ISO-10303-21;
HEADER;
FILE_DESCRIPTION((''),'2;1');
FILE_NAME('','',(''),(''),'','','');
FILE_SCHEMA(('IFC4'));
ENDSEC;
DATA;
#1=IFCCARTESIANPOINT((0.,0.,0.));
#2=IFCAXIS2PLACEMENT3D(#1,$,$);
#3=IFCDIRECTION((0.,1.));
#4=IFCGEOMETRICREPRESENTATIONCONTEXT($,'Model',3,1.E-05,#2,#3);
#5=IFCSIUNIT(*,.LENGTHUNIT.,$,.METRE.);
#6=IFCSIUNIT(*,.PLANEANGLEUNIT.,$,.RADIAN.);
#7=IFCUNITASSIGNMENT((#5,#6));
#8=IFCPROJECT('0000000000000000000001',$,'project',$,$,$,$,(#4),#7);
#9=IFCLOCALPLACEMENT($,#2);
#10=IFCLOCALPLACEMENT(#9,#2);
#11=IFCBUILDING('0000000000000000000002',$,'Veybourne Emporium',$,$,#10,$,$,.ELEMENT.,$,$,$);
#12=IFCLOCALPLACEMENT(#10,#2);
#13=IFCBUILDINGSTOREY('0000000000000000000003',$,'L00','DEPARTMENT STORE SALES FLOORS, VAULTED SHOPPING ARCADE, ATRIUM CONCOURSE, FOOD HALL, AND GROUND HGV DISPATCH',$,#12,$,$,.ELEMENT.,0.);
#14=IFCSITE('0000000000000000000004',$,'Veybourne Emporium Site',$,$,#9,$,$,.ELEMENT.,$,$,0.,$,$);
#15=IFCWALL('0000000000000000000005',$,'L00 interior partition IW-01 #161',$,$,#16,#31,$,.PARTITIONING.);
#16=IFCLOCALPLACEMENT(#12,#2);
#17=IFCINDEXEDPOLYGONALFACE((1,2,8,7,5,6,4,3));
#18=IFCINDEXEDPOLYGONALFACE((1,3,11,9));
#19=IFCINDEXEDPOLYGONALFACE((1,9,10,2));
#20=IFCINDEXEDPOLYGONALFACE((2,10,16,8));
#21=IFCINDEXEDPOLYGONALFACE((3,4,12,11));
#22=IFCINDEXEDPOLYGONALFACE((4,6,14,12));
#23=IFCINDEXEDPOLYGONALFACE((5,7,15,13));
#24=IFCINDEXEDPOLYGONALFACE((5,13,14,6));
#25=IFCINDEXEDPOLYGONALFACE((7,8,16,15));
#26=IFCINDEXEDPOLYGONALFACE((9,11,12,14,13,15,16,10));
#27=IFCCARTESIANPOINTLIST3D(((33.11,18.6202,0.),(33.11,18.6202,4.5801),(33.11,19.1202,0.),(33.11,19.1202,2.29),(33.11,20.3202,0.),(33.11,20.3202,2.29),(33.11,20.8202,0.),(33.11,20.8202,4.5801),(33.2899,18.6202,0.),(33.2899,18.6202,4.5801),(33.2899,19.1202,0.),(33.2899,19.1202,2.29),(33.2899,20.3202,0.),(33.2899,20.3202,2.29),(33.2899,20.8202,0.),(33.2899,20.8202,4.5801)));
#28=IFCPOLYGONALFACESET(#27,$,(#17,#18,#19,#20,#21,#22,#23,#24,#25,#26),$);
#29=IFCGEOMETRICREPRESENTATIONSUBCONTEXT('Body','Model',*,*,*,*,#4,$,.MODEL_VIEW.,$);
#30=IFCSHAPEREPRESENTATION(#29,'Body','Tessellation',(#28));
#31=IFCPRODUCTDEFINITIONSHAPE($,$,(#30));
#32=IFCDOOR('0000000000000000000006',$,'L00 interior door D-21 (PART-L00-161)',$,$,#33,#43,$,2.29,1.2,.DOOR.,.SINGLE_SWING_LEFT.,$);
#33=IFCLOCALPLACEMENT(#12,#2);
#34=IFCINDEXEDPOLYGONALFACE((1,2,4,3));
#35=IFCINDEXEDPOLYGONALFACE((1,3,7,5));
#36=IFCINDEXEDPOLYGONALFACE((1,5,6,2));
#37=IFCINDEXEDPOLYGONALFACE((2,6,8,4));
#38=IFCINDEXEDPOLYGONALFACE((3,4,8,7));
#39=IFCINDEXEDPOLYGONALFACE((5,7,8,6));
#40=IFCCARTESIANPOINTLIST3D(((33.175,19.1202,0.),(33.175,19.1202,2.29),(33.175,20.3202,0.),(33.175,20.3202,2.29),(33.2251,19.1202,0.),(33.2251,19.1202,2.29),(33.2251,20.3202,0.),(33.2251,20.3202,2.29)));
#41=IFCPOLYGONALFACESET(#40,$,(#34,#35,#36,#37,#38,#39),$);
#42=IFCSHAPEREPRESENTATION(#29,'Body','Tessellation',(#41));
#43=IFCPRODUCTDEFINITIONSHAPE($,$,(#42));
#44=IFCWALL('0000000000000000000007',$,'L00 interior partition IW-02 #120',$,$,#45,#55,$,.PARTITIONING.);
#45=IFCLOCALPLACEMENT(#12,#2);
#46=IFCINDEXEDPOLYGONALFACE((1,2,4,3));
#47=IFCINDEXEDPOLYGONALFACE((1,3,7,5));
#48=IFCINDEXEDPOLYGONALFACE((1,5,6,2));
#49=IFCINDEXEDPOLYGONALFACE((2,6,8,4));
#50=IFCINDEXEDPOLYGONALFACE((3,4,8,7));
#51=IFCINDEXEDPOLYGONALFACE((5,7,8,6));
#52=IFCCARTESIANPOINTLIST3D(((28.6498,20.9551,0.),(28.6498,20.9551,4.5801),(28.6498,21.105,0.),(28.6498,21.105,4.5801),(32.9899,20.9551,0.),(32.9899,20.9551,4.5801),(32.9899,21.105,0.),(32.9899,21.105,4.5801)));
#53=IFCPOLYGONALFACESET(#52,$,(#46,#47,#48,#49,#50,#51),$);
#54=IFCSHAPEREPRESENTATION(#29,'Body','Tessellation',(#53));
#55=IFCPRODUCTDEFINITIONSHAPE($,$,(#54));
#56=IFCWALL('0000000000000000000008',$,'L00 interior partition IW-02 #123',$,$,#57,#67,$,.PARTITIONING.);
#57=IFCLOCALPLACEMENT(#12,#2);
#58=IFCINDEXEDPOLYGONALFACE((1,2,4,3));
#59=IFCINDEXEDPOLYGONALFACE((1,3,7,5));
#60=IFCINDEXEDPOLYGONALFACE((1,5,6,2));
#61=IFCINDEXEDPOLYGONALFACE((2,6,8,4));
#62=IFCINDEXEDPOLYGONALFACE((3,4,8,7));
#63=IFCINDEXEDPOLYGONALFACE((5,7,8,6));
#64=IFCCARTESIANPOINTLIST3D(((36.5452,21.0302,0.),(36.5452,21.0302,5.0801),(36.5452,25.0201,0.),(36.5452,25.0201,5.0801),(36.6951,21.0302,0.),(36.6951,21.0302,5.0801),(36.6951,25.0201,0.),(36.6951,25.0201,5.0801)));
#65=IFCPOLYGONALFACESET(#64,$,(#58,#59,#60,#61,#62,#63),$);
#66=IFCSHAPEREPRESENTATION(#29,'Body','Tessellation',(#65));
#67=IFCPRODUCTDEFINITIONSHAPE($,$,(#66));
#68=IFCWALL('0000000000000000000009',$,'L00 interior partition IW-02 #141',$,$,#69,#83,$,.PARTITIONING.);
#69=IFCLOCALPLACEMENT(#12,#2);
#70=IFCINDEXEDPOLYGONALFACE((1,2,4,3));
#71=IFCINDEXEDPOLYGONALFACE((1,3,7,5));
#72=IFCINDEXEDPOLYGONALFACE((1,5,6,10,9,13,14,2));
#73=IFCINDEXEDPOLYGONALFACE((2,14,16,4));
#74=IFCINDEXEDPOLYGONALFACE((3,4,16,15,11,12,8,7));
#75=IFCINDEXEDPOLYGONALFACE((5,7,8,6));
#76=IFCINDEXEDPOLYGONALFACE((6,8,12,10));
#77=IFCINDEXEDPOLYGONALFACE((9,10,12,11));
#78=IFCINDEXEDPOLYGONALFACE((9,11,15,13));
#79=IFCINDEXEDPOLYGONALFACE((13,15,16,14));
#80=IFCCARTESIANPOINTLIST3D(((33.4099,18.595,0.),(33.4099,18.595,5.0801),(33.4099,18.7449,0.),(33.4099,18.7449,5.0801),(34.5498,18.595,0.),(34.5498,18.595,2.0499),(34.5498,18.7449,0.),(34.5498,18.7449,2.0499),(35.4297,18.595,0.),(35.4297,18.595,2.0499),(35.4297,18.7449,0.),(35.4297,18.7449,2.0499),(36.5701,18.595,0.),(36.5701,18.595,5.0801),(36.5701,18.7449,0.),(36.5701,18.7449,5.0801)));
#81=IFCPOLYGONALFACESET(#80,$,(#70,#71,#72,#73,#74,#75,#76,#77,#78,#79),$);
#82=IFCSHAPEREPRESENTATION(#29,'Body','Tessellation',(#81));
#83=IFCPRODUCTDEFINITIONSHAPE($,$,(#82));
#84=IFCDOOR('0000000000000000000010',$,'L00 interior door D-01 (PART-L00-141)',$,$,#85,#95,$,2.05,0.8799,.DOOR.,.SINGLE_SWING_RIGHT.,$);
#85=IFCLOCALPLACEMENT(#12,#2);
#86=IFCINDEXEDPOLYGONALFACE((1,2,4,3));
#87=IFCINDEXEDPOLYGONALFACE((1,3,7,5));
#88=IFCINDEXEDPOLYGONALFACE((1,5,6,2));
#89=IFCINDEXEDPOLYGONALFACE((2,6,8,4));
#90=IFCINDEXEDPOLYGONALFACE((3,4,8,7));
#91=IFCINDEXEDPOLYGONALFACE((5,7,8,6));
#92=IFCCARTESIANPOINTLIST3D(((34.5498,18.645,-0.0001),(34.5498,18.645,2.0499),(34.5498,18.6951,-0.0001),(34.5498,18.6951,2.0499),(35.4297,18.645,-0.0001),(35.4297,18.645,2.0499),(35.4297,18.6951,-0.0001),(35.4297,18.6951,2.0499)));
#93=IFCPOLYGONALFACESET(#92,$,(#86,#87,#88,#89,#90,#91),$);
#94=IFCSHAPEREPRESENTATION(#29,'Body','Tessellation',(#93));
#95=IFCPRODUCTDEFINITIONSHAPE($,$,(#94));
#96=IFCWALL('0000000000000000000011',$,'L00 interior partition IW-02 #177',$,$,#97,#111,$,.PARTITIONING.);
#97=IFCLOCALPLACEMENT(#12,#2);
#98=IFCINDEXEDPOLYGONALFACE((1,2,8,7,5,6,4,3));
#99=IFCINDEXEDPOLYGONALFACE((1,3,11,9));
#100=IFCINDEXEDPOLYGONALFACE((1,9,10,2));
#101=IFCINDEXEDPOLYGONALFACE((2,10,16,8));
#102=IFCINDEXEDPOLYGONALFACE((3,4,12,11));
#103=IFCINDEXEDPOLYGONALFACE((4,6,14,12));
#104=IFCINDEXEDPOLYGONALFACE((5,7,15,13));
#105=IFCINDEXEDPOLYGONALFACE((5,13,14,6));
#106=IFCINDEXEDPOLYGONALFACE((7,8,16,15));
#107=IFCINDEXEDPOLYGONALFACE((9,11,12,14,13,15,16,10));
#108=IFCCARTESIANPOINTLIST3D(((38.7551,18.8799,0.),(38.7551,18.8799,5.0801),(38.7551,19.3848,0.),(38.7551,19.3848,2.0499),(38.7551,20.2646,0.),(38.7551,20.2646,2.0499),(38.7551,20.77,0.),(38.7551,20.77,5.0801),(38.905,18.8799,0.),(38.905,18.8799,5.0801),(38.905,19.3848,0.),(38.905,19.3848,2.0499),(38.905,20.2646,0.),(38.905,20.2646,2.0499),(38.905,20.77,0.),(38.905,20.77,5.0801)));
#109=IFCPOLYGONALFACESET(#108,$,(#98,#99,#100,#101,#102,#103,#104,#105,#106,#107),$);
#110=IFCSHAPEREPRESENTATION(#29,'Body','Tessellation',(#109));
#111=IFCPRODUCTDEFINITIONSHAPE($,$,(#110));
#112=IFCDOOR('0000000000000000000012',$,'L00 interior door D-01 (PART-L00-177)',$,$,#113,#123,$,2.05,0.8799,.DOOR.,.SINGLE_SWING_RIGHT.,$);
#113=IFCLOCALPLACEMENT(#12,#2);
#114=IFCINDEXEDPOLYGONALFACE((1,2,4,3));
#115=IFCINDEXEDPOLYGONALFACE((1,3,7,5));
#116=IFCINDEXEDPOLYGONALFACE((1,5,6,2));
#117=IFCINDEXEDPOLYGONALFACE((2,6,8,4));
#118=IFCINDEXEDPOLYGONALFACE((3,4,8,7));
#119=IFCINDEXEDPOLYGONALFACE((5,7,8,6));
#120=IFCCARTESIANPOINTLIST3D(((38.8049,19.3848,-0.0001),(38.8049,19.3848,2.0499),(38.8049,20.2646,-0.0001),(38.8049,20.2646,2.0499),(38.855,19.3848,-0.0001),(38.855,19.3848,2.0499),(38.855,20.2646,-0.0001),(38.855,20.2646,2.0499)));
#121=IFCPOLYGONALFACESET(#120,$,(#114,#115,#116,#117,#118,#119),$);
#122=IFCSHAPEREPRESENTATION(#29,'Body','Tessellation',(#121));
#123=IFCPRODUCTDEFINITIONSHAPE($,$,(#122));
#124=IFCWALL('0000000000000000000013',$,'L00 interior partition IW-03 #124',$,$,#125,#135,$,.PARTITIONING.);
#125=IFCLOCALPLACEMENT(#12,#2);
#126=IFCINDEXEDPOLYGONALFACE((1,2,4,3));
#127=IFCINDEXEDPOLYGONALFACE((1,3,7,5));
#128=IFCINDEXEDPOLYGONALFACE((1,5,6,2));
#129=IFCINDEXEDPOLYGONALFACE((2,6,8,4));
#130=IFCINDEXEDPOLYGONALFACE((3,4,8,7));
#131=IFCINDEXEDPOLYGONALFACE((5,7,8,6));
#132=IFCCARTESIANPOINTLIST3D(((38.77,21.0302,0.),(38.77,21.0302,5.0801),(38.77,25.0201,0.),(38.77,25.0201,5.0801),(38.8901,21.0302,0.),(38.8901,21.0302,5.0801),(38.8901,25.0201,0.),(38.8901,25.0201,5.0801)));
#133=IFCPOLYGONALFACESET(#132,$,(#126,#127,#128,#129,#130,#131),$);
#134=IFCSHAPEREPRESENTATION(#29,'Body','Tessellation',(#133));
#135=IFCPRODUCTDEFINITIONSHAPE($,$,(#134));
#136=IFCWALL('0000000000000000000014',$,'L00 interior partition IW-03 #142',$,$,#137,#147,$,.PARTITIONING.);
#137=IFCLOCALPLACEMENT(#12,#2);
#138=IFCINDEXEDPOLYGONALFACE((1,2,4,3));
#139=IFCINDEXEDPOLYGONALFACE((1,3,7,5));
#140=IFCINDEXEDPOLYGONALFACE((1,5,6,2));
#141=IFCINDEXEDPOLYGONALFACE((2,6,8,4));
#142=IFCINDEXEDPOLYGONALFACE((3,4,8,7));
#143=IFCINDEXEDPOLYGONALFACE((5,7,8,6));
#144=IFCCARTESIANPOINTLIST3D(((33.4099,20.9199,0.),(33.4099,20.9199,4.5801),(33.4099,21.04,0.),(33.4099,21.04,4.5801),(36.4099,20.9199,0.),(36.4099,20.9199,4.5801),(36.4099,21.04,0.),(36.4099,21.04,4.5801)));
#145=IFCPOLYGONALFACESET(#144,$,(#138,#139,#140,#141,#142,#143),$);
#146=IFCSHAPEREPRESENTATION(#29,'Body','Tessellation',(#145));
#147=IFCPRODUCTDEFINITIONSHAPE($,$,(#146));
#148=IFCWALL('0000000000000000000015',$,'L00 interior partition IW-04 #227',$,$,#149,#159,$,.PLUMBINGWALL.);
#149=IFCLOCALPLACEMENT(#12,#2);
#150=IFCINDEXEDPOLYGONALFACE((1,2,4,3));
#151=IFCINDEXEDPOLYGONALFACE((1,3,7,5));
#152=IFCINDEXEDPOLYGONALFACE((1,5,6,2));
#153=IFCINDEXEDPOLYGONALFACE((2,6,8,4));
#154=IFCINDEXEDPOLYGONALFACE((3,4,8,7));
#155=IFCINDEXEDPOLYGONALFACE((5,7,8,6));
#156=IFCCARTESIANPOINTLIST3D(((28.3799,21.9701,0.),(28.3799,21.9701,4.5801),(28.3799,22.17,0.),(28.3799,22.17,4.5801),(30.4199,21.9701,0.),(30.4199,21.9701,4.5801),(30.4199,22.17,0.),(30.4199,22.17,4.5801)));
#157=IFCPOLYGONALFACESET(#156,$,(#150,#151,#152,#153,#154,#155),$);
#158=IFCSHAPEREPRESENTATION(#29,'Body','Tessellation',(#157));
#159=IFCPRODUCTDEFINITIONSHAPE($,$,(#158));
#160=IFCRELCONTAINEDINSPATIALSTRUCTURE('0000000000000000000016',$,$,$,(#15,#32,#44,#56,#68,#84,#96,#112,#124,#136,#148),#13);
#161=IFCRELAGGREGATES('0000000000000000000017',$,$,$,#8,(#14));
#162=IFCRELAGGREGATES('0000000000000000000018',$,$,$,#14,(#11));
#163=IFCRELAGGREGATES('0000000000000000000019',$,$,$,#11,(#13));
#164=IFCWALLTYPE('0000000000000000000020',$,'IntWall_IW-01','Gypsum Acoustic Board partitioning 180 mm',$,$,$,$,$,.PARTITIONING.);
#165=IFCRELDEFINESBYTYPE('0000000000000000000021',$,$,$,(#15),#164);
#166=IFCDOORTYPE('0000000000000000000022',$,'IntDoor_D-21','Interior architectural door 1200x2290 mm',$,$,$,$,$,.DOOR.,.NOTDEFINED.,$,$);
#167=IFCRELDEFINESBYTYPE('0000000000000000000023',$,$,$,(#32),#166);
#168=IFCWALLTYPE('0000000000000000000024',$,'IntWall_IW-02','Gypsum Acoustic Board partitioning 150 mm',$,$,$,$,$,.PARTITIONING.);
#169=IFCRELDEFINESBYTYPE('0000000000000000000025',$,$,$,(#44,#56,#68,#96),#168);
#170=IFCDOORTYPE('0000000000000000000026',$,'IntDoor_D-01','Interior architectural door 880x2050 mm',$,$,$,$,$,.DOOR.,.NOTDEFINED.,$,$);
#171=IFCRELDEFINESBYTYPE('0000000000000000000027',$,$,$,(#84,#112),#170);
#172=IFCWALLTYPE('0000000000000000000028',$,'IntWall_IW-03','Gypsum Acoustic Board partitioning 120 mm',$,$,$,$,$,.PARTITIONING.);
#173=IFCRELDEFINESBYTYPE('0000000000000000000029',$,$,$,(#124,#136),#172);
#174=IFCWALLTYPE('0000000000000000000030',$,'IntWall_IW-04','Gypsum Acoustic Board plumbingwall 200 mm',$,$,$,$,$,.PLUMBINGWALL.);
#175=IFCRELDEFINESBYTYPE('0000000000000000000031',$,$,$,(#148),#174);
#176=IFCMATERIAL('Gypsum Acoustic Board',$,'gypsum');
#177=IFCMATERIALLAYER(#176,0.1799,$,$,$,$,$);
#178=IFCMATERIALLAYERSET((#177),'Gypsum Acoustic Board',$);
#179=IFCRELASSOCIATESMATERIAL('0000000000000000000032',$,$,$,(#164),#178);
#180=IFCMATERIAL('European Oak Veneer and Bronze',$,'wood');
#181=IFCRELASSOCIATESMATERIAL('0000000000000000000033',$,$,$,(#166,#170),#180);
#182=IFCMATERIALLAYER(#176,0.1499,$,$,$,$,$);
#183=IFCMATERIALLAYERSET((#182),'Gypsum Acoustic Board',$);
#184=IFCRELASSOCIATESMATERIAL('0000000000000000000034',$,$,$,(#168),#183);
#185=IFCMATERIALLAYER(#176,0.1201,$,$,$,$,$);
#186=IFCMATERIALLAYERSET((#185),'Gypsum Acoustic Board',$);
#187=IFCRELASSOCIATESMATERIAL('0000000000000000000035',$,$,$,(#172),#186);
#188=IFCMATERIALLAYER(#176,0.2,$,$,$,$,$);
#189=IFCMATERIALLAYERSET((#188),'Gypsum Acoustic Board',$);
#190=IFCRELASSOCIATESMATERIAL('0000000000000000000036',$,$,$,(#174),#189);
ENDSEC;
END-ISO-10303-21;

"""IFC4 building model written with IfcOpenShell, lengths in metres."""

from ifc_helpers import new_model, si_unit, direction, frame, frame_2d, origin, place, context, subcontext, project, spatial, rectangle, extrude, material, layer, layer_set, type_object, element, fill, save


model = new_model("IFC4")

# Units and contexts
model_context = context("Model", 3, precision=1e-05, world=origin(), true_north=direction((0.0, 1.0)))
body_context = subcontext(model_context, "Body", "Model", "MODEL_VIEW")
ifc_project = project(units=[si_unit("LENGTHUNIT", "METRE"), si_unit("PLANEANGLEUNIT", "RADIAN")], contexts=[model_context])

# Site, building, storey
site_placement = place(None, origin())
site = spatial("IfcSite", under=ifc_project, at=site_placement, Name="Veybourne Emporium Site", CompositionType="ELEMENT", RefElevation=0.0)
building_placement = place(site_placement, origin())
building = spatial("IfcBuilding", under=site, at=building_placement, Name="Veybourne Emporium", CompositionType="ELEMENT")
storey_placement = place(building_placement, origin())
storey = spatial("IfcBuildingStorey", under=building, at=storey_placement, Name="L00", Description="DEPARTMENT STORE SALES FLOORS, VAULTED SHOPPING ARCADE, ATRIUM CONCOURSE, FOOD HALL, AND GROUND HGV DISPATCH", CompositionType="ELEMENT", Elevation=0.0)

# Wall, opening, door
ifc_material_1 = material(Name="Gypsum Acoustic Board", Category="gypsum")
ifc_layer_1 = layer(ifc_material_1, 0.1799)
ifc_layer_set_1 = layer_set([ifc_layer_1], Name="Gypsum Acoustic Board")
wall_type_1 = type_object("IfcWallType", Name="IntWall_IW-01", Description="Gypsum Acoustic Board partitioning 180 mm", PredefinedType="PARTITIONING", material=ifc_layer_set_1)
wall_1_placement = place(storey_placement, frame((33.2, 18.6201, 0.0), z_axis=(0.0, 0.0, 1.0), x_axis=(0.0, 1.0, 0.0)))
wall_1 = element("IfcWall", 1, at=wall_1_placement, inside=storey, type_object=wall_type_1, Name="L00 interior partition IW-01 #161", PredefinedType="PARTITIONING", context=body_context, shape_type="SweptSolid", body=[
    extrude(rectangle(XDim=2.2, YDim=0.1799, at=frame_2d((1.1001, 0.0))), origin(), (0.0, 0.0, 1.0), 4.5801),
])
opening_1_placement = place(wall_1_placement, frame((0.5, 0.0, 0.0)))
opening_1 = element("IfcOpeningElement", 2, at=opening_1_placement, cuts=wall_1, PredefinedType="OPENING", context=body_context, shape_type="SweptSolid", body=[
    extrude(rectangle(XDim=1.2, YDim=2.29, at=frame_2d((0.6001, 1.145))), frame((0.0, 0.1099, 0.0), z_axis=(0.0, -1.0, 0.0), x_axis=(1.0, 0.0, 0.0)), (0.0, 0.0, 1.0), 0.22),
])
ifc_material_2 = material(Name="European Oak Veneer and Bronze", Category="wood")
door_type_1 = type_object("IfcDoorType", Name="IntDoor_D-21", Description="Interior architectural door 1200x2290 mm", OperationType="NOTDEFINED", PredefinedType="DOOR", material=ifc_material_2)
door_1_placement = place(opening_1_placement, origin())
door_1 = element("IfcDoor", 3, at=door_1_placement, inside=storey, type_object=door_type_1, Name="L00 interior door D-21 (PART-L00-161)", OperationType="SINGLE_SWING_LEFT", OverallHeight=2.29, OverallWidth=1.2, PredefinedType="DOOR", context=body_context, shape_type="SweptSolid", body=[
    extrude(rectangle(XDim=1.2, YDim=2.29, at=frame_2d((0.6001, 1.145))), frame((0.0, 0.0249, 0.0), z_axis=(0.0, -1.0, 0.0), x_axis=(1.0, 0.0, 0.0)), (0.0, 0.0, 1.0), 0.05),
])
fill(opening_1, door_1)

# Walls
ifc_layer_2 = layer(ifc_material_1, 0.1499)
ifc_layer_set_2 = layer_set([ifc_layer_2], Name="Gypsum Acoustic Board")
wall_type_2 = type_object("IfcWallType", Name="IntWall_IW-02", Description="Gypsum Acoustic Board partitioning 150 mm", PredefinedType="PARTITIONING", material=ifc_layer_set_2)
wall_2_placement = place(storey_placement, frame((28.6499, 21.03, 0.0), z_axis=(0.0, 0.0, 1.0), x_axis=(1.0, 0.0, 0.0)))
element("IfcWall", 4, at=wall_2_placement, inside=storey, type_object=wall_type_2, Name="L00 interior partition IW-02 #120", PredefinedType="PARTITIONING", context=body_context, shape_type="SweptSolid", body=[
    extrude(rectangle(XDim=4.3401, YDim=0.1499, at=frame_2d((2.1699, 0.0))), origin(), (0.0, 0.0, 1.0), 4.5801),
])
wall_3_placement = place(storey_placement, frame((36.6201, 21.03, 0.0), z_axis=(0.0, 0.0, 1.0), x_axis=(0.0, 1.0, 0.0)))
element("IfcWall", 5, at=wall_3_placement, inside=storey, type_object=wall_type_2, Name="L00 interior partition IW-02 #123", PredefinedType="PARTITIONING", context=body_context, shape_type="SweptSolid", body=[
    extrude(rectangle(XDim=3.99, YDim=0.1499, at=frame_2d((1.9951, 0.0))), origin(), (0.0, 0.0, 1.0), 5.0801),
])

# Walls, openings, doors
wall_4_placement = place(storey_placement, frame((33.4099, 18.6699, 0.0), z_axis=(0.0, 0.0, 1.0), x_axis=(1.0, 0.0, 0.0)))
wall_4 = element("IfcWall", 6, at=wall_4_placement, inside=storey, type_object=wall_type_2, Name="L00 interior partition IW-02 #141", PredefinedType="PARTITIONING", context=body_context, shape_type="SweptSolid", body=[
    extrude(rectangle(XDim=3.1602, YDim=0.1499, at=frame_2d((1.5801, 0.0))), origin(), (0.0, 0.0, 1.0), 5.0801),
])
opening_2_placement = place(wall_4_placement, frame((1.1399, 0.0, 0.0)))
opening_2 = element("IfcOpeningElement", 7, at=opening_2_placement, cuts=wall_4, PredefinedType="OPENING", context=body_context, shape_type="SweptSolid", body=[
    extrude(rectangle(XDim=0.8799, YDim=2.05, at=frame_2d((0.4399, 1.0249))), frame((0.0, 0.095, 0.0), z_axis=(0.0, -1.0, 0.0), x_axis=(1.0, 0.0, 0.0)), (0.0, 0.0, 1.0), 0.1899),
])
door_type_2 = type_object("IfcDoorType", Name="IntDoor_D-01", Description="Interior architectural door 880x2050 mm", OperationType="NOTDEFINED", PredefinedType="DOOR", material=ifc_material_2)
door_2_placement = place(opening_2_placement, frame((0.8799, 0.0, 0.0), z_axis=(0.0, 0.0, 1.0), x_axis=(-1.0, 0.0, 0.0)))
door_2 = element("IfcDoor", 8, at=door_2_placement, inside=storey, type_object=door_type_2, Name="L00 interior door D-01 (PART-L00-141)", OperationType="SINGLE_SWING_RIGHT", OverallHeight=2.05, OverallWidth=0.8799, PredefinedType="DOOR", context=body_context, shape_type="SweptSolid", body=[
    extrude(rectangle(XDim=0.8799, YDim=2.05, at=frame_2d((0.4399, 1.0249))), frame((0.0, 0.0249, 0.0), z_axis=(0.0, -1.0, 0.0), x_axis=(1.0, 0.0, 0.0)), (0.0, 0.0, 1.0), 0.05),
])
fill(opening_2, door_2)
wall_5_placement = place(storey_placement, frame((38.8301, 18.8799, 0.0), z_axis=(0.0, 0.0, 1.0), x_axis=(0.0, 1.0, 0.0)))
wall_5 = element("IfcWall", 9, at=wall_5_placement, inside=storey, type_object=wall_type_2, Name="L00 interior partition IW-02 #177", PredefinedType="PARTITIONING", context=body_context, shape_type="SweptSolid", body=[
    extrude(rectangle(XDim=1.8901, YDim=0.1499, at=frame_2d((0.9451, 0.0))), origin(), (0.0, 0.0, 1.0), 5.0801),
])
opening_3_placement = place(wall_5_placement, frame((0.5049, 0.0, 0.0)))
opening_3 = element("IfcOpeningElement", 10, at=opening_3_placement, cuts=wall_5, PredefinedType="OPENING", context=body_context, shape_type="SweptSolid", body=[
    extrude(rectangle(XDim=0.8799, YDim=2.05, at=frame_2d((0.4399, 1.0249))), frame((0.0, 0.095, 0.0), z_axis=(0.0, -1.0, 0.0), x_axis=(1.0, 0.0, 0.0)), (0.0, 0.0, 1.0), 0.1899),
])
door_3_placement = place(opening_3_placement, frame((0.8799, 0.0, 0.0), z_axis=(0.0, 0.0, 1.0), x_axis=(-1.0, 0.0, 0.0)))
door_3 = element("IfcDoor", 11, at=door_3_placement, inside=storey, type_object=door_type_2, Name="L00 interior door D-01 (PART-L00-177)", OperationType="SINGLE_SWING_RIGHT", OverallHeight=2.05, OverallWidth=0.8799, PredefinedType="DOOR", context=body_context, shape_type="SweptSolid", body=[
    extrude(rectangle(XDim=0.8799, YDim=2.05, at=frame_2d((0.4399, 1.0249))), frame((0.0, 0.0249, 0.0), z_axis=(0.0, -1.0, 0.0), x_axis=(1.0, 0.0, 0.0)), (0.0, 0.0, 1.0), 0.05),
])
fill(opening_3, door_3)

# Walls
ifc_layer_3 = layer(ifc_material_1, 0.1201)
ifc_layer_set_3 = layer_set([ifc_layer_3], Name="Gypsum Acoustic Board")
wall_type_3 = type_object("IfcWallType", Name="IntWall_IW-03", Description="Gypsum Acoustic Board partitioning 120 mm", PredefinedType="PARTITIONING", material=ifc_layer_set_3)
wall_6_placement = place(storey_placement, frame((38.8301, 21.03, 0.0), z_axis=(0.0, 0.0, 1.0), x_axis=(0.0, 1.0, 0.0)))
element("IfcWall", 12, at=wall_6_placement, inside=storey, type_object=wall_type_3, Name="L00 interior partition IW-03 #124", PredefinedType="PARTITIONING", context=body_context, shape_type="SweptSolid", body=[
    extrude(rectangle(XDim=3.99, YDim=0.1201, at=frame_2d((1.9951, 0.0))), origin(), (0.0, 0.0, 1.0), 5.0801),
])
wall_7_placement = place(storey_placement, frame((33.4099, 20.98, 0.0), z_axis=(0.0, 0.0, 1.0), x_axis=(1.0, 0.0, 0.0)))
element("IfcWall", 13, at=wall_7_placement, inside=storey, type_object=wall_type_3, Name="L00 interior partition IW-03 #142", PredefinedType="PARTITIONING", context=body_context, shape_type="SweptSolid", body=[
    extrude(rectangle(XDim=3.0, YDim=0.1201, at=frame_2d((1.5, 0.0))), origin(), (0.0, 0.0, 1.0), 4.5801),
])
ifc_layer_4 = layer(ifc_material_1, 0.2)
ifc_layer_set_4 = layer_set([ifc_layer_4], Name="Gypsum Acoustic Board")
wall_type_4 = type_object("IfcWallType", Name="IntWall_IW-04", Description="Gypsum Acoustic Board plumbingwall 200 mm", PredefinedType="PLUMBINGWALL", material=ifc_layer_set_4)
wall_8_placement = place(storey_placement, frame((28.3799, 22.0701, 0.0), z_axis=(0.0, 0.0, 1.0), x_axis=(1.0, 0.0, 0.0)))
element("IfcWall", 14, at=wall_8_placement, inside=storey, type_object=wall_type_4, Name="L00 interior partition IW-04 #227", PredefinedType="PLUMBINGWALL", context=body_context, shape_type="SweptSolid", body=[
    extrude(rectangle(XDim=2.04, YDim=0.2, at=frame_2d((1.02, 0.0))), origin(), (0.0, 0.0, 1.0), 4.5801),
])

save(model, "model.ifc")
